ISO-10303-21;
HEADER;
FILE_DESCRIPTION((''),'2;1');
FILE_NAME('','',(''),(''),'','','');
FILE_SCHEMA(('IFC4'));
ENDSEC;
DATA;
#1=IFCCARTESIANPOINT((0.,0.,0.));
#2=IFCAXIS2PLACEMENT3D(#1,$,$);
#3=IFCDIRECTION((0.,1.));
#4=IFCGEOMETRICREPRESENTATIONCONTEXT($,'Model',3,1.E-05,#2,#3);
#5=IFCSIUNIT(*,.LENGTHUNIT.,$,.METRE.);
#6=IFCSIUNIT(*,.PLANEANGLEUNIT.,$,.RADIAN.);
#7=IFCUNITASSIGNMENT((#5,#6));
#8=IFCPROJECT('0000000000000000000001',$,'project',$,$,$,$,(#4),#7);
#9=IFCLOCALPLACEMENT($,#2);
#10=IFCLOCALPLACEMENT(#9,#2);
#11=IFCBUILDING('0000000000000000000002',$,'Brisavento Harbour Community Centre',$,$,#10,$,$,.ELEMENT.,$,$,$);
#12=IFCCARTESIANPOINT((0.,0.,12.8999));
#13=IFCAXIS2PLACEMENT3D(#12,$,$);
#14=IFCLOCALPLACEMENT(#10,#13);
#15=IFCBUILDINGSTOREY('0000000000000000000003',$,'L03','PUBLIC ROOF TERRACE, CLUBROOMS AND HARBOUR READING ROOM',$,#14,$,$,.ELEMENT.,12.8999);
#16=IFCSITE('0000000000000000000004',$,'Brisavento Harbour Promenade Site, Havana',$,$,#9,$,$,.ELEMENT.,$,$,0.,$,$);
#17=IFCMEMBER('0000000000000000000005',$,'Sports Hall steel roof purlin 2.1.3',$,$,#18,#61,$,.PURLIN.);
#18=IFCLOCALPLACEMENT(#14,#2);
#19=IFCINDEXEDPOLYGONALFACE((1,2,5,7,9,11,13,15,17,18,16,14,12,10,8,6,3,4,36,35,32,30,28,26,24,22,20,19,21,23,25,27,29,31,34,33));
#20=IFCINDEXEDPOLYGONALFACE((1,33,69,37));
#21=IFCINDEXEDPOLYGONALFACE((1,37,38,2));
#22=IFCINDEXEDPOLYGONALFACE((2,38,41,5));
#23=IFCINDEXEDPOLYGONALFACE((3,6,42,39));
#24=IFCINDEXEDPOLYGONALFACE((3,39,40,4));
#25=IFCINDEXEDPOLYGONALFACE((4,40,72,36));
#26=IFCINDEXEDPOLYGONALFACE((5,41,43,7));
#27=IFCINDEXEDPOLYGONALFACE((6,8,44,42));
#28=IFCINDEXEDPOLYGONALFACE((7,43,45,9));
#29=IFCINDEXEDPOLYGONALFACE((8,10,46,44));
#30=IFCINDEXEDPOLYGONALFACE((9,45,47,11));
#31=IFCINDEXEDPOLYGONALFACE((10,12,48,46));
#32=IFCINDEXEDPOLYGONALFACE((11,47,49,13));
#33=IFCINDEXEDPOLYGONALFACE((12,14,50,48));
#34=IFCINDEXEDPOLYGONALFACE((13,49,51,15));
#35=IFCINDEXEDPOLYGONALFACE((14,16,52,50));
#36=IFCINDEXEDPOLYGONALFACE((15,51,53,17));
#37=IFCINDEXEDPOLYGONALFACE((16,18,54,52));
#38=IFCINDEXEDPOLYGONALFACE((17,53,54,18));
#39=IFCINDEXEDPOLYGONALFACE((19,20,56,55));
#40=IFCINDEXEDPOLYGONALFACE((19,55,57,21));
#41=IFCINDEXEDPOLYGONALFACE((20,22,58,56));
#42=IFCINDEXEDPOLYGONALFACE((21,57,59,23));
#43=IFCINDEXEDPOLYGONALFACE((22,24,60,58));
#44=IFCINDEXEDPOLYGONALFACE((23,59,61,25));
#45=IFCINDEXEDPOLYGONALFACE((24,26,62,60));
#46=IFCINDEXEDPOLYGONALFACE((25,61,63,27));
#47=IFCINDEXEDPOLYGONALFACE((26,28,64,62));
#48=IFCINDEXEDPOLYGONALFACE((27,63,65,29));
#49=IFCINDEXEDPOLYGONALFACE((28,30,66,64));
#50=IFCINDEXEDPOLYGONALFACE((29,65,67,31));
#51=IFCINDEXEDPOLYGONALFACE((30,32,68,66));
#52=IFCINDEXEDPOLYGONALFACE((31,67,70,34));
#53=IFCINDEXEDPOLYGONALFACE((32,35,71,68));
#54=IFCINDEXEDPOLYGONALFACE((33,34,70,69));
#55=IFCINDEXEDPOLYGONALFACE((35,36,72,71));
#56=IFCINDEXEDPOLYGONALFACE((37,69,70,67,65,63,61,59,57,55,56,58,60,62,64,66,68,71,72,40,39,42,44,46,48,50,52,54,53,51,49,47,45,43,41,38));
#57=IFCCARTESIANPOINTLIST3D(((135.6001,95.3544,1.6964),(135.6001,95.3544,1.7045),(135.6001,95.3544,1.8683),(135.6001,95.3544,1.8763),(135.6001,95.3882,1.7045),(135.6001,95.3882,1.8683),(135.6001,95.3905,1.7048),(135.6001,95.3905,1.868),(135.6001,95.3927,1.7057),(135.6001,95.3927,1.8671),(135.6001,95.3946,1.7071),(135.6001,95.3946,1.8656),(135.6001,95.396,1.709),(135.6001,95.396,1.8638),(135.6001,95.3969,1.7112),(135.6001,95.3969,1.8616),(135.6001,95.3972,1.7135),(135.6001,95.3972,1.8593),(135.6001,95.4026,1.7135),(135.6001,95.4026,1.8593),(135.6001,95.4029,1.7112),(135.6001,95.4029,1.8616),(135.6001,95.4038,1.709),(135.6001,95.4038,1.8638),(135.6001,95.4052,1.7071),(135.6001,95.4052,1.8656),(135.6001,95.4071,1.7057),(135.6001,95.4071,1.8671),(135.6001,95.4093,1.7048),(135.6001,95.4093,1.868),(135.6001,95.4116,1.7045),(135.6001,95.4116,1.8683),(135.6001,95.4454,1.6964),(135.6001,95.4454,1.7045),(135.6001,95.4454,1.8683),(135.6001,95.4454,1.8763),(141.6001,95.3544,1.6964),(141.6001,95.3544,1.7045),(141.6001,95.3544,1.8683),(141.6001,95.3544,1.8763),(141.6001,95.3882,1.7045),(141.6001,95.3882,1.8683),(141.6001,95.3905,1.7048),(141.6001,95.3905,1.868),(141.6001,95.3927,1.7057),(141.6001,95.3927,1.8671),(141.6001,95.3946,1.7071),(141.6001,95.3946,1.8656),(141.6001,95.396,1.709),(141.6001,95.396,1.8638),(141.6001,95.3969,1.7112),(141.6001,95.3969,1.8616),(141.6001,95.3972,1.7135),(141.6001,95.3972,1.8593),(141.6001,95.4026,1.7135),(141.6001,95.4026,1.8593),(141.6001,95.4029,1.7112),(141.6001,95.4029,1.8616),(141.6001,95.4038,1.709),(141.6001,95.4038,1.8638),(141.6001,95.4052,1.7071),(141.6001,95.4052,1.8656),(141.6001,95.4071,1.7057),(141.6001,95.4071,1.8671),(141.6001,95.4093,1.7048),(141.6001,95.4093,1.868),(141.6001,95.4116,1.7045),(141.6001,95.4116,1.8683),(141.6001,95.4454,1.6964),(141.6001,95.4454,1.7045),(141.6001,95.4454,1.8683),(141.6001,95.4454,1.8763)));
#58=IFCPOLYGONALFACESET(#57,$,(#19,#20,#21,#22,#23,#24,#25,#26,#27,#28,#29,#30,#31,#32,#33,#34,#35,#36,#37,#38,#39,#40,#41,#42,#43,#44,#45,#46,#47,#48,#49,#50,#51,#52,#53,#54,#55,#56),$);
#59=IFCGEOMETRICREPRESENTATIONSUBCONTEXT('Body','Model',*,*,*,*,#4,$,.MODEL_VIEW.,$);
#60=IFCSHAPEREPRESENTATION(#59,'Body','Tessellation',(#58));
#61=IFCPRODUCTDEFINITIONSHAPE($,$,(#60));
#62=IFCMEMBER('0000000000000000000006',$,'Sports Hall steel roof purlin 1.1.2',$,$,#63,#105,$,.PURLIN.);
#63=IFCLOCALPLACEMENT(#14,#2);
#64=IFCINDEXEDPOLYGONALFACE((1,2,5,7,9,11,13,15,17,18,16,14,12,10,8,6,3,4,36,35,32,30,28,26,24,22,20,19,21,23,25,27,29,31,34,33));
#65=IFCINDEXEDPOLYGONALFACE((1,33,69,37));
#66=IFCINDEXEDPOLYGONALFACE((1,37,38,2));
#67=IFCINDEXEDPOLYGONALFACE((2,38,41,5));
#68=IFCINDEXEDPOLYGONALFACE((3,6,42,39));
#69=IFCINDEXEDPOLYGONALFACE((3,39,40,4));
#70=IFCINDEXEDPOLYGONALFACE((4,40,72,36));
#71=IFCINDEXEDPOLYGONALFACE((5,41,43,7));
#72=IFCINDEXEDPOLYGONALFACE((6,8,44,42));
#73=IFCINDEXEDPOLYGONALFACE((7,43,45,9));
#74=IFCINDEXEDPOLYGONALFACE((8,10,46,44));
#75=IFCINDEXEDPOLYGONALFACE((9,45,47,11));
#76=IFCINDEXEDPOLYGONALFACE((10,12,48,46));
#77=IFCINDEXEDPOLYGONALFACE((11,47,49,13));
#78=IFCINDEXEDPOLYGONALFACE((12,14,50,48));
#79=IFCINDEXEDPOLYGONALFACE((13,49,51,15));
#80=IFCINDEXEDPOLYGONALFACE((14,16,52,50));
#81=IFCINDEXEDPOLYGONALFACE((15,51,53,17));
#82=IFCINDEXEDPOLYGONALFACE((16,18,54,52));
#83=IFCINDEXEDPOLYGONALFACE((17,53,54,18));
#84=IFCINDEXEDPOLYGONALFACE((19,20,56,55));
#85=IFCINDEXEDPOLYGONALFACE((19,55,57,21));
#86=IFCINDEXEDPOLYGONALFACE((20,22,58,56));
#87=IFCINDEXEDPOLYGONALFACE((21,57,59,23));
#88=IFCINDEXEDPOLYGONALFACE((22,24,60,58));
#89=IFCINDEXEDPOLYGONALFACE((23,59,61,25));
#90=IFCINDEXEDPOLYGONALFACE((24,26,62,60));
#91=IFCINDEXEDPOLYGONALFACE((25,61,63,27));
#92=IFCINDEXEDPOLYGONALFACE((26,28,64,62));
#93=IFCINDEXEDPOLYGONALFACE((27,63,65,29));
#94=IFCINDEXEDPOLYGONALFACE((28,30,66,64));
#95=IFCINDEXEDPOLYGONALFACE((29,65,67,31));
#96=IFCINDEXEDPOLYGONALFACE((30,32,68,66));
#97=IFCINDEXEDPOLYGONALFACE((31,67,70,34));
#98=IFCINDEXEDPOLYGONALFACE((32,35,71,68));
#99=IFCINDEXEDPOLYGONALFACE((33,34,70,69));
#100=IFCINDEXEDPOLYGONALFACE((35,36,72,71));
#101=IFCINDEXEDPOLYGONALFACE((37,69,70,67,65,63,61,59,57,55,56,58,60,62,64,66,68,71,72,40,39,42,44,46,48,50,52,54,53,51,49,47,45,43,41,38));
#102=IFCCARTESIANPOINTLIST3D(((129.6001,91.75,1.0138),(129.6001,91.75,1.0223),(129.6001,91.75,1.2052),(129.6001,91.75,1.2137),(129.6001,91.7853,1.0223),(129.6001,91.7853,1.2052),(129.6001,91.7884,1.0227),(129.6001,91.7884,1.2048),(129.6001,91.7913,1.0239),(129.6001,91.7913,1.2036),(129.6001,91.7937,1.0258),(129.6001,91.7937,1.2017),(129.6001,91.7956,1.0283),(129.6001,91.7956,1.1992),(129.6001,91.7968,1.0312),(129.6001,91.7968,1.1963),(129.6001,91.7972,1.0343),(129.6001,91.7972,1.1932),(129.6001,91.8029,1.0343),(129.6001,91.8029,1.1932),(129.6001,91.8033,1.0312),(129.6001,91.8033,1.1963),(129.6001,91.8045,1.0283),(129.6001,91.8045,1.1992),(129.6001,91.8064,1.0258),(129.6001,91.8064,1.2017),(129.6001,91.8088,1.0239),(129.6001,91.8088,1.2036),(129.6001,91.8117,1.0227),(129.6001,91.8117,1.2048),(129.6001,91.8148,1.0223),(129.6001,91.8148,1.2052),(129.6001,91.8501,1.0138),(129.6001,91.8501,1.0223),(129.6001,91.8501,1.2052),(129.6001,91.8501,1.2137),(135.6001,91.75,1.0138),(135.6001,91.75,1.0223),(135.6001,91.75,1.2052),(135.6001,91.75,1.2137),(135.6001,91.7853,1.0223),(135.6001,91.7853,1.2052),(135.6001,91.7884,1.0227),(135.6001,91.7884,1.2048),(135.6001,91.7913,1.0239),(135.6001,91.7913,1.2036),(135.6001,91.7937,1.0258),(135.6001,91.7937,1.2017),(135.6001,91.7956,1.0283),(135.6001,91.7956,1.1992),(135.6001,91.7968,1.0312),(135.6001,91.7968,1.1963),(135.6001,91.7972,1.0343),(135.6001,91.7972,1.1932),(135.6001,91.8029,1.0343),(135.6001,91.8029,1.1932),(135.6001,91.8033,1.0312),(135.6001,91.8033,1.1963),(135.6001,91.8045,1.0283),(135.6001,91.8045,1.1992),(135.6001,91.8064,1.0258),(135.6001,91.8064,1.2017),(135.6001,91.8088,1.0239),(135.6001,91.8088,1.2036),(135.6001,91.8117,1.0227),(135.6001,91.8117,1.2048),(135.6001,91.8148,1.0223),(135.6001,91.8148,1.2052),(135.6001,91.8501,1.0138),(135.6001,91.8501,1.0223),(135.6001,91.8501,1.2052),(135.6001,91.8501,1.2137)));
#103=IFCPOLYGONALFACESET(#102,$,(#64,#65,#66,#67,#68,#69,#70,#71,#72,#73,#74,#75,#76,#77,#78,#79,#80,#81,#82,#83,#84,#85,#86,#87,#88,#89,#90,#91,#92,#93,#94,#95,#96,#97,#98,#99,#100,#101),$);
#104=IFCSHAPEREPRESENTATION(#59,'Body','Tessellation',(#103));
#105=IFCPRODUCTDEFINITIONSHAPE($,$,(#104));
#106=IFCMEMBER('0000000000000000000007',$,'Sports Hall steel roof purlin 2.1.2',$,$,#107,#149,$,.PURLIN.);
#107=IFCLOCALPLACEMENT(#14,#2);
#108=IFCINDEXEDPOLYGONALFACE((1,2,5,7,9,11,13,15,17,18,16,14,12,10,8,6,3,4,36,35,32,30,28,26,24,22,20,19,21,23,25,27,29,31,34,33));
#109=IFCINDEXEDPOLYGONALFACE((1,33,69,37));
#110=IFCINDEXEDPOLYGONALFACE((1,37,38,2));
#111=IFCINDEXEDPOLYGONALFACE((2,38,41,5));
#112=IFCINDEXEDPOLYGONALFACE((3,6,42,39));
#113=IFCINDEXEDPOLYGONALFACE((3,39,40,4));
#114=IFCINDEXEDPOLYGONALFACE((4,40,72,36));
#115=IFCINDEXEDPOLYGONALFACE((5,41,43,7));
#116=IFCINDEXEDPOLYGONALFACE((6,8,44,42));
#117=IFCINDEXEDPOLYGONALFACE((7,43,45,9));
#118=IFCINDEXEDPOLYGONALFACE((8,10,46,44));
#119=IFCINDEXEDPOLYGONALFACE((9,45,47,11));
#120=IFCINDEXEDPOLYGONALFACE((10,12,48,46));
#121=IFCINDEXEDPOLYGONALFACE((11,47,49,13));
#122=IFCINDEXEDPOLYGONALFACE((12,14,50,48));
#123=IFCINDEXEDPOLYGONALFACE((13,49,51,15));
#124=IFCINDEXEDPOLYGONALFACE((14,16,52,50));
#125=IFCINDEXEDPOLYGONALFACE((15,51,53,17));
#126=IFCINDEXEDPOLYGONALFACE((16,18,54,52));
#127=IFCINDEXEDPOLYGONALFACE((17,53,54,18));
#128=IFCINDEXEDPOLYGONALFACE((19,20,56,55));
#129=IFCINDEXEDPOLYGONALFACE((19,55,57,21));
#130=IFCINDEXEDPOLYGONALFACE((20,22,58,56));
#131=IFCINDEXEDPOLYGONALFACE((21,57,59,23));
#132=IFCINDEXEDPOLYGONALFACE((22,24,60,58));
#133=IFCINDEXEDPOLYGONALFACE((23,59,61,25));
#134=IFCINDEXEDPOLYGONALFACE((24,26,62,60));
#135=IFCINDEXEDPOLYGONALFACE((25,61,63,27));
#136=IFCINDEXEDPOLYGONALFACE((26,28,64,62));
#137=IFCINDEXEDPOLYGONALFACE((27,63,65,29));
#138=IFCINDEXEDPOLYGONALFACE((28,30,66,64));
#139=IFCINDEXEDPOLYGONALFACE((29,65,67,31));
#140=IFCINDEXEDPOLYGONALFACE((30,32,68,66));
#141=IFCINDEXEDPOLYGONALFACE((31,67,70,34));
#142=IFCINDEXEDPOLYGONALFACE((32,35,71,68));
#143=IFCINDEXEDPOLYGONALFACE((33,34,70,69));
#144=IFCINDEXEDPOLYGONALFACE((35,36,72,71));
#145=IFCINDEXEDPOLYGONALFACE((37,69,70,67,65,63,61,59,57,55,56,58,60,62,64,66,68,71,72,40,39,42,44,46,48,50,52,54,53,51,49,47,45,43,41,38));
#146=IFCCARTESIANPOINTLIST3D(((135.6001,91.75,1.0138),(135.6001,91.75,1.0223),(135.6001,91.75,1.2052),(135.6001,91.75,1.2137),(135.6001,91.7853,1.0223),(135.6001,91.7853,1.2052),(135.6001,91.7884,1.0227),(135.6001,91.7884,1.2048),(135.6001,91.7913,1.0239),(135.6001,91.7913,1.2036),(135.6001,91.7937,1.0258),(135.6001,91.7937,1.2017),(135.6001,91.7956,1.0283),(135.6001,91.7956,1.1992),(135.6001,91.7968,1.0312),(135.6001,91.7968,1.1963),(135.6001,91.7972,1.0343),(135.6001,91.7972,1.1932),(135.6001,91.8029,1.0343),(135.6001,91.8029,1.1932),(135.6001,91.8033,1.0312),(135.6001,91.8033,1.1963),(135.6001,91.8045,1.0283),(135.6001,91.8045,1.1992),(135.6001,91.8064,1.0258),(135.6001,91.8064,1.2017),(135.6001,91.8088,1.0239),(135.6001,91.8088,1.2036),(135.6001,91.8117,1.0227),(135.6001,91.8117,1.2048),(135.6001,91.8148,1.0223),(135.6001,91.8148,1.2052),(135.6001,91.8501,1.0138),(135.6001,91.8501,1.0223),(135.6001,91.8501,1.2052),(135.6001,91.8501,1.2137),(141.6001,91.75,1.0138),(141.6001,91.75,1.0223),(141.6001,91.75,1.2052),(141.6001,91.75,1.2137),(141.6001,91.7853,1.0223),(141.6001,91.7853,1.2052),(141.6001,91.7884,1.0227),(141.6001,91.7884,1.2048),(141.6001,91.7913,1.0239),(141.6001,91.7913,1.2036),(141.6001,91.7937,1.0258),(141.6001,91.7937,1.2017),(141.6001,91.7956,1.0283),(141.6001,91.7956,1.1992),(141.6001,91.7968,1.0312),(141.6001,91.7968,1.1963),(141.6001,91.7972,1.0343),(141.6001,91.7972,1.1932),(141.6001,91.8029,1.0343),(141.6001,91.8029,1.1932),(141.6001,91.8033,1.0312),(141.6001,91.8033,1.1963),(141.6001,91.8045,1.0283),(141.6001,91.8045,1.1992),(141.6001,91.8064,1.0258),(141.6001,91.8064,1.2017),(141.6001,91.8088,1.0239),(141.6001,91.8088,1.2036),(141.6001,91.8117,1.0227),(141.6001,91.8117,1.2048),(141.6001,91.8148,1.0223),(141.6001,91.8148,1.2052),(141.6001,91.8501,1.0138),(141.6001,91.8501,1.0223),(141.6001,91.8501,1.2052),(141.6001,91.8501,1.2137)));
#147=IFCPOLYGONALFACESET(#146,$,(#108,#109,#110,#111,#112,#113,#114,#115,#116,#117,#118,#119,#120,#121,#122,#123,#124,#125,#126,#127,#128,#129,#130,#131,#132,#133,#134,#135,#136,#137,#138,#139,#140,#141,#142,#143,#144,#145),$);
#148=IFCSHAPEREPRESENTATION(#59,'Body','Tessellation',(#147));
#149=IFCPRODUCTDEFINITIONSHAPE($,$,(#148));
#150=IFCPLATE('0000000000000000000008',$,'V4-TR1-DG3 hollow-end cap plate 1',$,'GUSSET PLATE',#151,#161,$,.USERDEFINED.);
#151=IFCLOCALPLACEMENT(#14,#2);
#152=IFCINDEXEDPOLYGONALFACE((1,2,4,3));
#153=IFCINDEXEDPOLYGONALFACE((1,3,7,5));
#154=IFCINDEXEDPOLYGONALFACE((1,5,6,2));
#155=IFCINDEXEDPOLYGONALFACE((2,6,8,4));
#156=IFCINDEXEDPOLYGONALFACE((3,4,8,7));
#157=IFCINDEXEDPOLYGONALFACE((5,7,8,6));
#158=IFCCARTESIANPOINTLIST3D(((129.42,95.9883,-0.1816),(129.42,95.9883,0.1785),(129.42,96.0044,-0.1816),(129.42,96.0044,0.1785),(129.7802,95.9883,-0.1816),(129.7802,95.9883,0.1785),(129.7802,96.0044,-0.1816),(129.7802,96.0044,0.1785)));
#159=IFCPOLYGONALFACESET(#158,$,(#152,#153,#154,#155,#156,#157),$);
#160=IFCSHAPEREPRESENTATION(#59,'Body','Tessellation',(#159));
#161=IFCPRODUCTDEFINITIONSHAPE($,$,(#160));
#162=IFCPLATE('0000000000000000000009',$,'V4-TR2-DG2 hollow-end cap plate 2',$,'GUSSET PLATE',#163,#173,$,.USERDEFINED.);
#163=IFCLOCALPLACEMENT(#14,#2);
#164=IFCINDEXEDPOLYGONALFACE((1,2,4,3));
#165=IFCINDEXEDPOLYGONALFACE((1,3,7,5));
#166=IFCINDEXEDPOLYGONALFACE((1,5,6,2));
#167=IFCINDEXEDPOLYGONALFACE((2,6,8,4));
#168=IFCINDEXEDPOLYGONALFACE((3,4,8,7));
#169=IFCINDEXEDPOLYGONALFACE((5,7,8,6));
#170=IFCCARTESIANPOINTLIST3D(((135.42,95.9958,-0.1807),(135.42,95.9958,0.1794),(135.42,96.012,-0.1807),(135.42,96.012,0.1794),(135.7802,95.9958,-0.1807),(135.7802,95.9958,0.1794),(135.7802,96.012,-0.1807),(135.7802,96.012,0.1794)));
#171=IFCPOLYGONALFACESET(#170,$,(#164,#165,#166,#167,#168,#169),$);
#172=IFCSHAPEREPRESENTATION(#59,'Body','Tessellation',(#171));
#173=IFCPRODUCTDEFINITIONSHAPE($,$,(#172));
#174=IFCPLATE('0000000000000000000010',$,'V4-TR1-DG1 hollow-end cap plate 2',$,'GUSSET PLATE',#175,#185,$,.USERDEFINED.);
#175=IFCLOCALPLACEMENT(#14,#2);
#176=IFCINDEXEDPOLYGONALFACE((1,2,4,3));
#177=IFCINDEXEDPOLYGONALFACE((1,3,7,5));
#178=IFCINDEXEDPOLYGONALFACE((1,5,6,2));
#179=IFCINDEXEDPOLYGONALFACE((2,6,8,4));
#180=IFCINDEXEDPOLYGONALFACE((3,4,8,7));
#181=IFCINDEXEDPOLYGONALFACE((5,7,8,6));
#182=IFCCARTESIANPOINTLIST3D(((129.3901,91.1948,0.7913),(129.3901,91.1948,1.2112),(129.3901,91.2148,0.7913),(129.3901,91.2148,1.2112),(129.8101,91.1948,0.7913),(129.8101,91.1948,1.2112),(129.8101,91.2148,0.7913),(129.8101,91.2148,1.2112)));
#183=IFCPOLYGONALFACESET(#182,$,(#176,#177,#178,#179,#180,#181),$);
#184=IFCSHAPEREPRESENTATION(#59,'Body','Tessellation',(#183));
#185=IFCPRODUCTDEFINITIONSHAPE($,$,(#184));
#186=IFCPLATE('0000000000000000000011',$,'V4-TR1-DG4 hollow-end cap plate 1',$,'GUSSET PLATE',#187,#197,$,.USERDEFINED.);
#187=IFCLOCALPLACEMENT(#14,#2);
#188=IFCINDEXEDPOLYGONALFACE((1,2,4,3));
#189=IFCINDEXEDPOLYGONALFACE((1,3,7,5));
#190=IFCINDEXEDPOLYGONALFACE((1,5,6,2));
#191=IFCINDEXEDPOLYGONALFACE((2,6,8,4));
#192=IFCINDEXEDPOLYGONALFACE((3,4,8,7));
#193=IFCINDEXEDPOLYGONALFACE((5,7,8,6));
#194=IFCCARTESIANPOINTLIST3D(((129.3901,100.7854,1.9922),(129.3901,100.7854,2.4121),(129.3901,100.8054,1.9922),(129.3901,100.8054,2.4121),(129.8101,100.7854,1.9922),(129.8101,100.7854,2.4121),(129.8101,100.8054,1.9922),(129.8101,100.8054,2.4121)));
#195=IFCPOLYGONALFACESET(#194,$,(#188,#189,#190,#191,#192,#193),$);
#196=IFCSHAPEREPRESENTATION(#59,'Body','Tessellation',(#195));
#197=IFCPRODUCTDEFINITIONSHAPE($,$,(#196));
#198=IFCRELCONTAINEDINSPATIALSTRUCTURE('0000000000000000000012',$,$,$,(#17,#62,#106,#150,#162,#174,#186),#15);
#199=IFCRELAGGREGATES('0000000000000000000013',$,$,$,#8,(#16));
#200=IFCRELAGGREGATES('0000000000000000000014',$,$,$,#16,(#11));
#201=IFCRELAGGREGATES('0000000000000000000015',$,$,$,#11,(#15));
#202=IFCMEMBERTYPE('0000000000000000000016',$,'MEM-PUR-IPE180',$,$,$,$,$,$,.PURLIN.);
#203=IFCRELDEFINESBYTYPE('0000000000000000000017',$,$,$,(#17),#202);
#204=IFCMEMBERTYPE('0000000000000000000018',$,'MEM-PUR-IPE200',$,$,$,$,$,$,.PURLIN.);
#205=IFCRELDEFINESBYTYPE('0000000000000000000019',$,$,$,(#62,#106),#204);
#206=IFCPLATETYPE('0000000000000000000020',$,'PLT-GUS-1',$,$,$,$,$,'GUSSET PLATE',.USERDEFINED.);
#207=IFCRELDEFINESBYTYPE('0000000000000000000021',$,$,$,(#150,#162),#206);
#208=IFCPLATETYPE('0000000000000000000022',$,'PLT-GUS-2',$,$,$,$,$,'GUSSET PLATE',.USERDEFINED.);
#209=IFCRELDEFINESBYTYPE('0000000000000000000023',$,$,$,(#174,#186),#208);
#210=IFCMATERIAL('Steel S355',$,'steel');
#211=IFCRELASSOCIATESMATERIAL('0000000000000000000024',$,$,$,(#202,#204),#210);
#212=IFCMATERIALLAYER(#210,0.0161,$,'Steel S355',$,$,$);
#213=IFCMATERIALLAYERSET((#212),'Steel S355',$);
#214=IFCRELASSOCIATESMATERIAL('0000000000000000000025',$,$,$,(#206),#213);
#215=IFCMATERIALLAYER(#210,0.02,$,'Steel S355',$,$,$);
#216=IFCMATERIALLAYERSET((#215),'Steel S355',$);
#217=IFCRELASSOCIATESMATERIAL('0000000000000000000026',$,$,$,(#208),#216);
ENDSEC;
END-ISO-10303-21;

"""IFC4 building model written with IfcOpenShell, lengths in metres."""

from ifc_helpers import new_model, si_unit, direction, frame, origin, origin_2d, place, context, subcontext, project, spatial, rectangle, i_section, extrude, material, layer, layer_set, material_profile, profile_set, type_object, element, save


model = new_model("IFC4")

# Units and contexts
model_context = context("Model", 3, precision=1e-05, world=origin(), true_north=direction((0.0, 1.0)))
body_context = subcontext(model_context, "Body", "Model", "MODEL_VIEW")
ifc_project = project(units=[si_unit("LENGTHUNIT", "METRE"), si_unit("PLANEANGLEUNIT", "RADIAN")], contexts=[model_context])

# Site, building, storey
site_placement = place(None, origin())
site = spatial("IfcSite", under=ifc_project, at=site_placement, Name="Brisavento Harbour Promenade Site, Havana", CompositionType="ELEMENT", RefElevation=0.0)
building_placement = place(site_placement, origin())
building = spatial("IfcBuilding", under=site, at=building_placement, Name="Brisavento Harbour Community Centre", CompositionType="ELEMENT")
storey_placement = place(building_placement, frame((0.0, 0.0, 12.8999)))
storey = spatial("IfcBuildingStorey", under=building, at=storey_placement, Name="L03", Description="PUBLIC ROOF TERRACE, CLUBROOMS AND HARBOUR READING ROOM", CompositionType="ELEMENT", Elevation=12.8999)

# Members
ifc_material_1 = material(Name="Steel S355", Category="steel")
ifc_material_profile_1 = material_profile(ifc_material_1, i_section(OverallWidth=0.0911, OverallDepth=0.1799, WebThickness=0.0054, FlangeThickness=0.0081, FilletRadius=0.009, at=origin_2d()), Name="Steel S355")
ifc_profile_set_1 = profile_set([ifc_material_profile_1], Name="Steel S355")
member_type_1 = type_object("IfcMemberType", Name="MEM-PUR-IPE180", PredefinedType="PURLIN", material=ifc_profile_set_1)
for number, where, z_axis, x_axis, name in (
    (1, (135.6001, 95.3999, 1.7864), (1.0, 0.0, 0.0), (0.0, 1.0, 0.0), "Sports Hall steel roof purlin 2.1.3"),
):
    element("IfcMember", number, at=place(storey_placement, frame(where, z_axis=z_axis, x_axis=x_axis)), inside=storey, type_object=member_type_1, Name=name, PredefinedType="PURLIN", context=body_context, shape_type="SweptSolid", body=[
        extrude(i_section(OverallWidth=0.0911, OverallDepth=0.1799, WebThickness=0.0054, FlangeThickness=0.0081, FilletRadius=0.009, at=origin_2d()), origin(), (0.0, 0.0, 1.0), 6.0),
    ])
ifc_material_profile_2 = material_profile(ifc_material_1, i_section(OverallWidth=0.1001, OverallDepth=0.2, WebThickness=0.0056, FlangeThickness=0.0085, FilletRadius=0.012, at=origin_2d()), Name="Steel S355")
ifc_profile_set_2 = profile_set([ifc_material_profile_2], Name="Steel S355")
member_type_2 = type_object("IfcMemberType", Name="MEM-PUR-IPE200", PredefinedType="PURLIN", material=ifc_profile_set_2)
for number, where, z_axis, x_axis, name in (
    (2, (129.6001, 91.8, 1.1138), (1.0, 0.0, 0.0), (0.0, 1.0, 0.0), "Sports Hall steel roof purlin 1.1.2"),
    (3, (135.6001, 91.8, 1.1138), (1.0, 0.0, 0.0), (0.0, 1.0, 0.0), "Sports Hall steel roof purlin 2.1.2"),
):
    element("IfcMember", number, at=place(storey_placement, frame(where, z_axis=z_axis, x_axis=x_axis)), inside=storey, type_object=member_type_2, Name=name, PredefinedType="PURLIN", context=body_context, shape_type="SweptSolid", body=[
        extrude(i_section(OverallWidth=0.1001, OverallDepth=0.2, WebThickness=0.0056, FlangeThickness=0.0085, FilletRadius=0.012, at=origin_2d()), origin(), (0.0, 0.0, 1.0), 6.0),
    ])

# Plates
ifc_layer_1 = layer(ifc_material_1, 0.0161, Name="Steel S355")
ifc_layer_set_1 = layer_set([ifc_layer_1], Name="Steel S355")
plate_type_1 = type_object("IfcPlateType", Name="PLT-GUS-1", ElementType="GUSSET PLATE", PredefinedType="USERDEFINED", material=ifc_layer_set_1)
for number, where, z_axis, x_axis, name in (
    (4, (129.6001, 95.9963, -0.1816), (0.0, 0.0, 1.0), (0.0, 1.0, 0.0), "V4-TR1-DG3 hollow-end cap plate 1"),
    (5, (135.6001, 96.0039, -0.1807), (0.0, 0.0, 1.0), (0.0, 1.0, 0.0), "V4-TR2-DG2 hollow-end cap plate 2"),
):
    element("IfcPlate", number, at=place(storey_placement, frame(where, z_axis=z_axis, x_axis=x_axis)), inside=storey, type_object=plate_type_1, Name=name, ObjectType="GUSSET PLATE", PredefinedType="USERDEFINED", context=body_context, shape_type="SweptSolid", body=[
        extrude(rectangle(XDim=0.0161, YDim=0.3601, at=origin_2d()), origin(), (0.0, 0.0, 1.0), 0.3601),
    ])
ifc_layer_2 = layer(ifc_material_1, 0.02, Name="Steel S355")
ifc_layer_set_2 = layer_set([ifc_layer_2], Name="Steel S355")
plate_type_2 = type_object("IfcPlateType", Name="PLT-GUS-2", ElementType="GUSSET PLATE", PredefinedType="USERDEFINED", material=ifc_layer_set_2)
for number, where, z_axis, x_axis, name in (
    (6, (129.6001, 91.2048, 0.7913), (0.0, 0.0, 1.0), (0.0, 1.0, 0.0), "V4-TR1-DG1 hollow-end cap plate 2"),
    (7, (129.6001, 100.7954, 1.9922), (0.0, 0.0, 1.0), (0.0, 1.0, 0.0), "V4-TR1-DG4 hollow-end cap plate 1"),
):
    element("IfcPlate", number, at=place(storey_placement, frame(where, z_axis=z_axis, x_axis=x_axis)), inside=storey, type_object=plate_type_2, Name=name, ObjectType="GUSSET PLATE", PredefinedType="USERDEFINED", context=body_context, shape_type="SweptSolid", body=[
        extrude(rectangle(XDim=0.02, YDim=0.4199, at=origin_2d()), origin(), (0.0, 0.0, 1.0), 0.4199),
    ])

save(model, "model.ifc")
